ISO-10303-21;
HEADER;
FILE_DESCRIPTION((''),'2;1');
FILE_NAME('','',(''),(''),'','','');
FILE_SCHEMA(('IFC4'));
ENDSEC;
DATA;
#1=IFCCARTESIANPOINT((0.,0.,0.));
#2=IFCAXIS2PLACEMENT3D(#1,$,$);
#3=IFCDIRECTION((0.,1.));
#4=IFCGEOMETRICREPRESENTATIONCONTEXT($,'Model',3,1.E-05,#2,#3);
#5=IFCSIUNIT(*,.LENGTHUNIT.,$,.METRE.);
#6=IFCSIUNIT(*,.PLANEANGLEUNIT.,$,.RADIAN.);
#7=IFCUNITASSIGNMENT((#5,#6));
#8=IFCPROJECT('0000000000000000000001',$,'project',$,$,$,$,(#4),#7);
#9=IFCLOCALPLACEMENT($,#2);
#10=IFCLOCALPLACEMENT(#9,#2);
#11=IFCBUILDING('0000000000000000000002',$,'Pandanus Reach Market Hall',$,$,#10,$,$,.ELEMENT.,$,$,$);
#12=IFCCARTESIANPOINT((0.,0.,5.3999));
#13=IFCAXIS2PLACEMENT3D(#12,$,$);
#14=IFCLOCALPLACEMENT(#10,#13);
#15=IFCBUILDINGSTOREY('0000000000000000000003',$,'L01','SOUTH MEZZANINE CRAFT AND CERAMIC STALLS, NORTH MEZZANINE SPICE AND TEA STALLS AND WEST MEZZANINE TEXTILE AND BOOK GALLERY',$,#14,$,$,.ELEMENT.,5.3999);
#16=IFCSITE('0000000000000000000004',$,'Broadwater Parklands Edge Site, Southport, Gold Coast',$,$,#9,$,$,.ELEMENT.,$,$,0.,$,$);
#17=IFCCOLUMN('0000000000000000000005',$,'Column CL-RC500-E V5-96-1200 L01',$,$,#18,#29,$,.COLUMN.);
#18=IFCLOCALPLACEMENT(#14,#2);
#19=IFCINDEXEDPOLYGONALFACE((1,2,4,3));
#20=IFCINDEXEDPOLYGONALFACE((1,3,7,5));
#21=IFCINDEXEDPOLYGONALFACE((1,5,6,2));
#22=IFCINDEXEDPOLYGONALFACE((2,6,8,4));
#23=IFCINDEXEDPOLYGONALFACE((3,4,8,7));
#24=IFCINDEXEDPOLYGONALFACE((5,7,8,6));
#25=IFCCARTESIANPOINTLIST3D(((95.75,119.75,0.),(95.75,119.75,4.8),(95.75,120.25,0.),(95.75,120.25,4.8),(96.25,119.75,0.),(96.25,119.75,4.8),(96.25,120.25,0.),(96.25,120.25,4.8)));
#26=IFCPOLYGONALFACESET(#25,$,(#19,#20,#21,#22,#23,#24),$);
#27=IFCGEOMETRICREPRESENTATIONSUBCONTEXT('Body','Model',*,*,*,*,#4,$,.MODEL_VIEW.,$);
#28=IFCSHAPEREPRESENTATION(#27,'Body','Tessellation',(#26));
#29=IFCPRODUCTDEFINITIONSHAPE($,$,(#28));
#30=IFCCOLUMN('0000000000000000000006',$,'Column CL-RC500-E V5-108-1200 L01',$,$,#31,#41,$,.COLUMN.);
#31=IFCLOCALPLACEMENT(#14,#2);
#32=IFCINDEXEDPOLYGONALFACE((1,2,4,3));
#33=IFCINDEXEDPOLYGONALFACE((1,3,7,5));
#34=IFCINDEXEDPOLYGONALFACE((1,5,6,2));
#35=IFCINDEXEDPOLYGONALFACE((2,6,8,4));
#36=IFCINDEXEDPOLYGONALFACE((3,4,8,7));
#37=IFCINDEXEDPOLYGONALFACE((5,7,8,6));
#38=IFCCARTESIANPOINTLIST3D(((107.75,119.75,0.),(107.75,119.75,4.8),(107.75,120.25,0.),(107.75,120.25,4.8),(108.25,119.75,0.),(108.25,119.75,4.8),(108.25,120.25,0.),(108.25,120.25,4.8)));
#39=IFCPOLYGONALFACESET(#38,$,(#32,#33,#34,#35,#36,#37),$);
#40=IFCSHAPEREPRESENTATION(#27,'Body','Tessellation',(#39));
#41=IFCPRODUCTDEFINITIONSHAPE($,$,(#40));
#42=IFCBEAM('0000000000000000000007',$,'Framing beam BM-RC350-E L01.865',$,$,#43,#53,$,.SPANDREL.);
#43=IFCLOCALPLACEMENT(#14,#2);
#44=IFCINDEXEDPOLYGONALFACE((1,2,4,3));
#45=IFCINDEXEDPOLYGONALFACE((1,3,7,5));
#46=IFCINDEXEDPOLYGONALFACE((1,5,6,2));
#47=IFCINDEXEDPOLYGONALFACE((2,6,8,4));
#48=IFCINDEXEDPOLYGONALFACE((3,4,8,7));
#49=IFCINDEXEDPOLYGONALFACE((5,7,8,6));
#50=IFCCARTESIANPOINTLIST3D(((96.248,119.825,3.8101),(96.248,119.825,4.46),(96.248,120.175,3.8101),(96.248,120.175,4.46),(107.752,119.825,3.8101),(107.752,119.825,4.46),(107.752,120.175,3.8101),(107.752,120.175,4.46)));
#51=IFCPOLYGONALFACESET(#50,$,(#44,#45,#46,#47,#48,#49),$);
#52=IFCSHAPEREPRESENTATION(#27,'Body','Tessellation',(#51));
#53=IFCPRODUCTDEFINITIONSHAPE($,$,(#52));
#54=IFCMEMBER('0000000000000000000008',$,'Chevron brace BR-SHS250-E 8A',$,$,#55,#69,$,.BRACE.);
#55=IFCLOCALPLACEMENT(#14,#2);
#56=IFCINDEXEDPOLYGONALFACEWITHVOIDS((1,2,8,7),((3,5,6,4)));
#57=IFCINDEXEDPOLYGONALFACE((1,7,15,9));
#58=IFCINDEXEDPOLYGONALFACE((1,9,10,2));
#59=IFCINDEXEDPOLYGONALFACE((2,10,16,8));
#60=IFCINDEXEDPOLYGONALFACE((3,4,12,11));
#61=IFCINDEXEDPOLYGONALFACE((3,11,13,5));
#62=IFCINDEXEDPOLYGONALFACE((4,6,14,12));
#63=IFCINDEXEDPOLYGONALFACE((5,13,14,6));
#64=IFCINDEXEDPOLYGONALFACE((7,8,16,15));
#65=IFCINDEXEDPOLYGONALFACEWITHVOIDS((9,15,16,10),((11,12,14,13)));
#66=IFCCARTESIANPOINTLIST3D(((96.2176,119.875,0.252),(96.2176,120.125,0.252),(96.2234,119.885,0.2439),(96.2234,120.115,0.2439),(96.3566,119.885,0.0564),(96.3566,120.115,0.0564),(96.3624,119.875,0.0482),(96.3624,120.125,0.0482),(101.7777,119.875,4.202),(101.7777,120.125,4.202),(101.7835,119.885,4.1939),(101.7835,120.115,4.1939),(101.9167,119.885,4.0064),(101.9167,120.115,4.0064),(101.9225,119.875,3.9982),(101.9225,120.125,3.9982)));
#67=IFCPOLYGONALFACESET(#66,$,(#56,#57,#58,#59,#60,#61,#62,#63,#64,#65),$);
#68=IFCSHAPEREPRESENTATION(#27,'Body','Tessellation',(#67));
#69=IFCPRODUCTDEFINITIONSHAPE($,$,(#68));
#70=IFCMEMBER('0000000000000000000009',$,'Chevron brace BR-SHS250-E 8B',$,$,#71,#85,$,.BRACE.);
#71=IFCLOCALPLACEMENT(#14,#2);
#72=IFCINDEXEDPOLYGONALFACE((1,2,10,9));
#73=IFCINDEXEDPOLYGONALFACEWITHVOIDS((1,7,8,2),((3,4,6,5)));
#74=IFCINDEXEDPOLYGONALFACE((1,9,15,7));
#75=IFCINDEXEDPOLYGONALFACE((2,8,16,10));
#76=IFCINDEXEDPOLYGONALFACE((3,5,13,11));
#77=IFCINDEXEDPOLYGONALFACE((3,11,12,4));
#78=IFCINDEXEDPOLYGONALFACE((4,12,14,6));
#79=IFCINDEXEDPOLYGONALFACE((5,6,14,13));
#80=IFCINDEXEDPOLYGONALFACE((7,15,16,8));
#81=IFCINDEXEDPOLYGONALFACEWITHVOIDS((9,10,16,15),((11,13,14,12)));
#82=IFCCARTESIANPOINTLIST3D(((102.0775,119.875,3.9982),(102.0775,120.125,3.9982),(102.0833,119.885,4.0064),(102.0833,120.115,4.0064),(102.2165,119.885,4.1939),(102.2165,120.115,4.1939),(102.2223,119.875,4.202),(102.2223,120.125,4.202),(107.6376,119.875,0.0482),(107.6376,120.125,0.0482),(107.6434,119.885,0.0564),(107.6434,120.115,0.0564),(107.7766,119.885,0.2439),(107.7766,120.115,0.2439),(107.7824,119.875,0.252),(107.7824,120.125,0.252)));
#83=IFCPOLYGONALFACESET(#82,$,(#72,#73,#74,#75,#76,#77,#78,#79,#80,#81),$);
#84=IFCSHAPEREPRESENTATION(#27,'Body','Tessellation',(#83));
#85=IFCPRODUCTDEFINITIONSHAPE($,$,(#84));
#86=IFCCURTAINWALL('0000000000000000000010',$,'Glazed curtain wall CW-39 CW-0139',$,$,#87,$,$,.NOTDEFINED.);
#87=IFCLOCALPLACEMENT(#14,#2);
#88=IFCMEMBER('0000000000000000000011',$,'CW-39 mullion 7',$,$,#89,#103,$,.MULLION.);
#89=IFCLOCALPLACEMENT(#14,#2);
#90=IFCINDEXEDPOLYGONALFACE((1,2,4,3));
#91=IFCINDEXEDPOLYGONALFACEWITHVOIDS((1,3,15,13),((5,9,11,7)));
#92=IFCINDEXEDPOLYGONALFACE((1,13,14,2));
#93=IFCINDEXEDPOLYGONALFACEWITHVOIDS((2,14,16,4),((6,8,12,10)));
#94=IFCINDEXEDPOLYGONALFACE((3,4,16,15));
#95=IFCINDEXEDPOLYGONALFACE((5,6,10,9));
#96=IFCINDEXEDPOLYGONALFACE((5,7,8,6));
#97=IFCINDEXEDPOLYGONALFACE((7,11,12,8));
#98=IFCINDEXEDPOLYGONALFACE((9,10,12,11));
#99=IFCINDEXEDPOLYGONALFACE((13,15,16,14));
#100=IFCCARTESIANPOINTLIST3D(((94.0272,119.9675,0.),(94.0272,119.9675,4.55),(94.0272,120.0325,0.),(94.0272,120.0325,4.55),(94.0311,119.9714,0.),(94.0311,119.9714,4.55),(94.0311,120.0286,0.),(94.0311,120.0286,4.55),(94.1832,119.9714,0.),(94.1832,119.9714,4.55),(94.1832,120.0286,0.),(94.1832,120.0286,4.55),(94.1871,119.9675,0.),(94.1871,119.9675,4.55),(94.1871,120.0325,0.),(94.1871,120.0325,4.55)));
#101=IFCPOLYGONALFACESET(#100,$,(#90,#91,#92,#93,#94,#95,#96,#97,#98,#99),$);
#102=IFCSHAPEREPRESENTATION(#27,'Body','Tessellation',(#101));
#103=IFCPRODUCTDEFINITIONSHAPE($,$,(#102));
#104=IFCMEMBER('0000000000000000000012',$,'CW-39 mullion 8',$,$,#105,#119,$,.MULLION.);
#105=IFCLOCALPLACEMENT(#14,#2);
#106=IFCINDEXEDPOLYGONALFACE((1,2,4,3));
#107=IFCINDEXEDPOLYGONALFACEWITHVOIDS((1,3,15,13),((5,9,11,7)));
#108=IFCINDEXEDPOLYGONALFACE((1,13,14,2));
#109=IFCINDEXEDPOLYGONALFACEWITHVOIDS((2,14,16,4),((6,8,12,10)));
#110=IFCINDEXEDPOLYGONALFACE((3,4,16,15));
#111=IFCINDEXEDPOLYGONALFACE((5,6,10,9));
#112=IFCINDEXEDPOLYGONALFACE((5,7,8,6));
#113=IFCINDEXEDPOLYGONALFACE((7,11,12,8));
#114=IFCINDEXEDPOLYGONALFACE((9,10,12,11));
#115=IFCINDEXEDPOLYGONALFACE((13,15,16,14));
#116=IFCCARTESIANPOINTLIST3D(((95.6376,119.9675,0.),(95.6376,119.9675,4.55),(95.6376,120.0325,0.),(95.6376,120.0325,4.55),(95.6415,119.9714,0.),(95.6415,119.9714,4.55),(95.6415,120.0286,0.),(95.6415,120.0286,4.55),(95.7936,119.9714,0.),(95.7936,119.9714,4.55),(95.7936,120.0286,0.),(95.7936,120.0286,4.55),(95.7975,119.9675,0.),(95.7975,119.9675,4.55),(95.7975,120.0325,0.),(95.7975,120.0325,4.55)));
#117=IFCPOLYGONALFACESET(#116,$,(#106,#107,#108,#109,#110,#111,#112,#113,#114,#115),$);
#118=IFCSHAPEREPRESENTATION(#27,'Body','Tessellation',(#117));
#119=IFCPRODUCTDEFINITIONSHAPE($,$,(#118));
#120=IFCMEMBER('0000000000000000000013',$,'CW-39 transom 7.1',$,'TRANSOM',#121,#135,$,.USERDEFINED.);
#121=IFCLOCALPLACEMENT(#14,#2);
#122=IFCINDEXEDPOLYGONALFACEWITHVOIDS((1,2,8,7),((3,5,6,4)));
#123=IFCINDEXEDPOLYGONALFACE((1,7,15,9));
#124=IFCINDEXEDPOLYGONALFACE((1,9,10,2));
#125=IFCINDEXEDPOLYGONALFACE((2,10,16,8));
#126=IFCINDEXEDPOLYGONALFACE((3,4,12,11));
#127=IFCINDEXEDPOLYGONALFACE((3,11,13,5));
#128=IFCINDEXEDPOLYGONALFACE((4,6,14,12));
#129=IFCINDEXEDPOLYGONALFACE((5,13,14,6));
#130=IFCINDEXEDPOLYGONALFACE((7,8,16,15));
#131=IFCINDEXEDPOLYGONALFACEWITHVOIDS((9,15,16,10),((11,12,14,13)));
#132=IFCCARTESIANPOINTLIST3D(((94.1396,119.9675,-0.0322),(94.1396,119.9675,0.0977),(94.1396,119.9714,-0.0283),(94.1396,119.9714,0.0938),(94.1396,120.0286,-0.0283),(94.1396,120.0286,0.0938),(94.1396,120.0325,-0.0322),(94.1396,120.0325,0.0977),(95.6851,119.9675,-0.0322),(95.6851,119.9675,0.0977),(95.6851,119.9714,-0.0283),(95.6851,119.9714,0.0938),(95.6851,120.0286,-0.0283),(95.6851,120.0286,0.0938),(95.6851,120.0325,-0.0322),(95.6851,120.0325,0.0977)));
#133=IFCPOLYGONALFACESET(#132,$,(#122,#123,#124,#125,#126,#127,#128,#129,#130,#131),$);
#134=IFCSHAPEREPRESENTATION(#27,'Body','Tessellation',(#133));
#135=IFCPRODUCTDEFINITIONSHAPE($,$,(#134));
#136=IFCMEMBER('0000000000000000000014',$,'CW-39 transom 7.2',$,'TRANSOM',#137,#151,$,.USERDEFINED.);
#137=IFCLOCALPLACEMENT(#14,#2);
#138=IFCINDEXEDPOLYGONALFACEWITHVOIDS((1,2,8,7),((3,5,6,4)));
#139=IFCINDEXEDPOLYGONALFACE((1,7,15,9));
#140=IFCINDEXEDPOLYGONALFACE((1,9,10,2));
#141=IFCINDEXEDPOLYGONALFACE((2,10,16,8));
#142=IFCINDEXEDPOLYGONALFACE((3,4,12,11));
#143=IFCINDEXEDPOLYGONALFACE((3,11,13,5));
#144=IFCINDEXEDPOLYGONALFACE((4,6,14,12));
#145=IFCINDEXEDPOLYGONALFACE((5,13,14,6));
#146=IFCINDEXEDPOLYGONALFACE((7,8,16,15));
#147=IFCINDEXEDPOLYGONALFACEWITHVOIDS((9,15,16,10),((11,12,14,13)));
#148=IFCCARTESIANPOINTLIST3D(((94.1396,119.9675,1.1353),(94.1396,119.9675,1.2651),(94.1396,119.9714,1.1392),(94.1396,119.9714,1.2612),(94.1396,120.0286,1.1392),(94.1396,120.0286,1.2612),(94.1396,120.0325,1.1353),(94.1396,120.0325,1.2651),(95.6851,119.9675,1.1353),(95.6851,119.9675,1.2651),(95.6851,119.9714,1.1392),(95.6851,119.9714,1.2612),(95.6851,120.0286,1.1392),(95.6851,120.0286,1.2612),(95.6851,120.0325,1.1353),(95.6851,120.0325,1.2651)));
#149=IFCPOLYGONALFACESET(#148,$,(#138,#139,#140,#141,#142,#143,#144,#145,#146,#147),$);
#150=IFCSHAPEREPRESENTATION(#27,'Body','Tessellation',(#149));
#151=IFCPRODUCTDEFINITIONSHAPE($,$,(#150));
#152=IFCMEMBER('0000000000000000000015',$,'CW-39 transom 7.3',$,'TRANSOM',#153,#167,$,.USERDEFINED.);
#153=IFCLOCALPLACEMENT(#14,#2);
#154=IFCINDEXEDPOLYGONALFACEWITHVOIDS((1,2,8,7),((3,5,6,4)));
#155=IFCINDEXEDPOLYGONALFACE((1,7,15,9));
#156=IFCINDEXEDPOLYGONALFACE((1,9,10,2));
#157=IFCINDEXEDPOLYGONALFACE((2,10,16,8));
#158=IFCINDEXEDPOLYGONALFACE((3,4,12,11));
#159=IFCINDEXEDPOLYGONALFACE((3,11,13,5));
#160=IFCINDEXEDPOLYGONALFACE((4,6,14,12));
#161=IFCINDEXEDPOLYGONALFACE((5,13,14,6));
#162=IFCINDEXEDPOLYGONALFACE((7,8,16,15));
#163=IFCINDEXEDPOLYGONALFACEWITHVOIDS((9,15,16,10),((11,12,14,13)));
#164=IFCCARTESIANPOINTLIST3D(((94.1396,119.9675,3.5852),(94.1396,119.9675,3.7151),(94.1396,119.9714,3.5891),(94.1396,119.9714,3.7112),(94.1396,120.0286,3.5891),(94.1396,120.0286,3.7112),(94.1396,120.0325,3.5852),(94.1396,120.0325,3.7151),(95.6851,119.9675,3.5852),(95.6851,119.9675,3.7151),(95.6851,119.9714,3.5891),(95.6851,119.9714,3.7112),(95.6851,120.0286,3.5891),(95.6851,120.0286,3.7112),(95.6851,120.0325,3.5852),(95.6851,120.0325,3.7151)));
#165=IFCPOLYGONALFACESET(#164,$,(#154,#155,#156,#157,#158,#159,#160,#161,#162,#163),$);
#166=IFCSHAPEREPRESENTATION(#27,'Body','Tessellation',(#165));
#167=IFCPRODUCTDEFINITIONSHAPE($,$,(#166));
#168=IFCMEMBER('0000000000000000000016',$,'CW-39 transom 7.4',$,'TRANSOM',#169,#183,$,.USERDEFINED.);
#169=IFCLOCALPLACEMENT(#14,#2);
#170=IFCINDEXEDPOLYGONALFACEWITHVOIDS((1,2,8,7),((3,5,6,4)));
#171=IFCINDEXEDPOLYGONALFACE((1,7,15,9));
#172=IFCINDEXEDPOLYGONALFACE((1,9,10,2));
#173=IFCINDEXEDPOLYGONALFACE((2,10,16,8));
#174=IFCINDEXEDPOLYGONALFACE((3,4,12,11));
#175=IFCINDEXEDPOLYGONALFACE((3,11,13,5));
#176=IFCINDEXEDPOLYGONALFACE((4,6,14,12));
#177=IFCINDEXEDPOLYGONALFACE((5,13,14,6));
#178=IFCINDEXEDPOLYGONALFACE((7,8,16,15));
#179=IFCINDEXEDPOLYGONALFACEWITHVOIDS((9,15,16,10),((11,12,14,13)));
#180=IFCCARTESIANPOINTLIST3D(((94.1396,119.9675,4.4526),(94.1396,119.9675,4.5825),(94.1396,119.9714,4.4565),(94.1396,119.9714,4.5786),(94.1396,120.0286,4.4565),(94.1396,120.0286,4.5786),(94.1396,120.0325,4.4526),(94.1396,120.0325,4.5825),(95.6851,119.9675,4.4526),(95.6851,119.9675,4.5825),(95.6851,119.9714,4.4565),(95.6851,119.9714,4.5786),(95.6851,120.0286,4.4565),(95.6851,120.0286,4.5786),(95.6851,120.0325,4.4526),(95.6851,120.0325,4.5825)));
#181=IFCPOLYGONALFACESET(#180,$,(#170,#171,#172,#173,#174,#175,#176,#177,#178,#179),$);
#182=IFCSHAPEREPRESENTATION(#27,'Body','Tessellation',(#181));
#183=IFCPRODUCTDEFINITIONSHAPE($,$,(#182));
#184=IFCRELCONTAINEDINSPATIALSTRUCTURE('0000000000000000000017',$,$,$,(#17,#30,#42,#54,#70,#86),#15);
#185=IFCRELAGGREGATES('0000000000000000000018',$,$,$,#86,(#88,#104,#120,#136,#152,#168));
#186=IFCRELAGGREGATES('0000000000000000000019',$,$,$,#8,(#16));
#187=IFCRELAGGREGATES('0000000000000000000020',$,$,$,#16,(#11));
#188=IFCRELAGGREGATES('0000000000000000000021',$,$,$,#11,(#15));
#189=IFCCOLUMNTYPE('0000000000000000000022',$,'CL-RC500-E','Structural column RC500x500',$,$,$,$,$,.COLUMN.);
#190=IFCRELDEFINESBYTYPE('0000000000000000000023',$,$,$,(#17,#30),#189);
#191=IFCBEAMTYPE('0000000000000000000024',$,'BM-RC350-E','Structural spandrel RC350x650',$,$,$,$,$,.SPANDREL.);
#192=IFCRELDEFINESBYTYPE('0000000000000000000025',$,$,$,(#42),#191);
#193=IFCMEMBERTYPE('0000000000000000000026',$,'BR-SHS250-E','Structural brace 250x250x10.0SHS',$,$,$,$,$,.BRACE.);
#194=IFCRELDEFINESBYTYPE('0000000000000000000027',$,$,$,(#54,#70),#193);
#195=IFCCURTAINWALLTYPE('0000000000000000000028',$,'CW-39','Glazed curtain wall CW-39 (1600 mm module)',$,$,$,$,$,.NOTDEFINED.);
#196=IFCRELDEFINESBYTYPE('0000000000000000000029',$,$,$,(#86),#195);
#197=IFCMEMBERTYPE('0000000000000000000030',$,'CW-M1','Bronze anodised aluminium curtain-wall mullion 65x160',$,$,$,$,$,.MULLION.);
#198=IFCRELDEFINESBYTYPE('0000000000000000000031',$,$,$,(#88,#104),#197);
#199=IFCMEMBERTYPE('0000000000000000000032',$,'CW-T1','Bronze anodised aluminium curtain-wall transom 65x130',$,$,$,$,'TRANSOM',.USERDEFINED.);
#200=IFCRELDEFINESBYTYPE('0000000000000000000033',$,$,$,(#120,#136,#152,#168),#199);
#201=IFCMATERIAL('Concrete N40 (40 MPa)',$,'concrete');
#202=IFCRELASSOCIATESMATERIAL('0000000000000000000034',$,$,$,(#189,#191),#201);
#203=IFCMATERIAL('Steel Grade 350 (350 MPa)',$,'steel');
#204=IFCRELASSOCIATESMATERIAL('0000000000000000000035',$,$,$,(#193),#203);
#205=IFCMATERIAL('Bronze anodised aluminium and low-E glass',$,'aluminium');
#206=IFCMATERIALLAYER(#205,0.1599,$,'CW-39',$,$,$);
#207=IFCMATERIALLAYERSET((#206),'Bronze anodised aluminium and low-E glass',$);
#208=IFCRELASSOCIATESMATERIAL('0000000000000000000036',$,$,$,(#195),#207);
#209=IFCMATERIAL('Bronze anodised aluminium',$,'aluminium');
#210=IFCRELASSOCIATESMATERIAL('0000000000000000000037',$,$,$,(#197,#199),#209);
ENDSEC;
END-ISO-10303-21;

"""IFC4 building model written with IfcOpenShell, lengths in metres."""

from ifc_helpers import new_model, si_unit, direction, frame, origin, origin_2d, place, context, subcontext, project, spatial, rectangle, hollow_rectangle, extrude, material, layer, layer_set, material_profile, profile_set, type_object, element, aggregate, save


model = new_model("IFC4")

# Units and contexts
model_context = context("Model", 3, precision=1e-05, world=origin(), true_north=direction((0.0, 1.0)))
body_context = subcontext(model_context, "Body", "Model", "MODEL_VIEW")
ifc_project = project(units=[si_unit("LENGTHUNIT", "METRE"), si_unit("PLANEANGLEUNIT", "RADIAN")], contexts=[model_context])

# Site, building, storey
site_placement = place(None, origin())
site = spatial("IfcSite", under=ifc_project, at=site_placement, Name="Broadwater Parklands Edge Site, Southport, Gold Coast", CompositionType="ELEMENT", RefElevation=0.0)
building_placement = place(site_placement, origin())
building = spatial("IfcBuilding", under=site, at=building_placement, Name="Pandanus Reach Market Hall", CompositionType="ELEMENT")
storey_placement = place(building_placement, frame((0.0, 0.0, 5.3999)))
storey = spatial("IfcBuildingStorey", under=building, at=storey_placement, Name="L01", Description="SOUTH MEZZANINE CRAFT AND CERAMIC STALLS, NORTH MEZZANINE SPICE AND TEA STALLS AND WEST MEZZANINE TEXTILE AND BOOK GALLERY", CompositionType="ELEMENT", Elevation=5.3999)

# Columns
ifc_material_1 = material(Name="Concrete N40 (40 MPa)", Category="concrete")
ifc_material_profile_1 = material_profile(ifc_material_1, rectangle(XDim=0.5, YDim=0.5, at=origin_2d()), Name="RC500x500", Category="LoadBearing")
ifc_profile_set_1 = profile_set([ifc_material_profile_1], Name="Concrete N40 (40 MPa)")
column_type = type_object("IfcColumnType", Name="CL-RC500-E", Description="Structural column RC500x500", PredefinedType="COLUMN", material=ifc_profile_set_1)
for number, where, z_axis, x_axis, name in (
    (1, (96.0, 120.0, 0.0), (0.0, 0.0, 1.0), (1.0, 0.0, 0.0), "Column CL-RC500-E V5-96-1200 L01"),
    (2, (108.0, 120.0, 0.0), (0.0, 0.0, 1.0), (1.0, 0.0, 0.0), "Column CL-RC500-E V5-108-1200 L01"),
):
    element("IfcColumn", number, at=place(storey_placement, frame(where, z_axis=z_axis, x_axis=x_axis)), inside=storey, type_object=column_type, Name=name, PredefinedType="COLUMN", context=body_context, shape_type="SweptSolid", body=[
        extrude(rectangle(XDim=0.5, YDim=0.5, at=origin_2d()), origin(), (0.0, 0.0, 1.0), 4.8),
    ])

# Beam
ifc_material_profile_2 = material_profile(ifc_material_1, rectangle(XDim=0.3501, YDim=0.6499, at=origin_2d()), Name="RC350x650", Category="LoadBearing")
ifc_profile_set_2 = profile_set([ifc_material_profile_2], Name="Concrete N40 (40 MPa)")
beam_type = type_object("IfcBeamType", Name="BM-RC350-E", Description="Structural spandrel RC350x650", PredefinedType="SPANDREL", material=ifc_profile_set_2)
beam_placement = place(storey_placement, frame((96.248, 120.0, 4.135), z_axis=(1.0, 0.0, 0.0), x_axis=(0.0, 1.0, 0.0)))
element("IfcBeam", 3, at=beam_placement, inside=storey, type_object=beam_type, Name="Framing beam BM-RC350-E L01.865", PredefinedType="SPANDREL", context=body_context, shape_type="SweptSolid", body=[
    extrude(rectangle(XDim=0.3501, YDim=0.6499, at=origin_2d()), origin(), (0.0, 0.0, 1.0), 11.5039),
])

# Members
ifc_material_2 = material(Name="Steel Grade 350 (350 MPa)", Category="steel")
ifc_material_profile_3 = material_profile(ifc_material_2, hollow_rectangle(XDim=0.25, YDim=0.25, WallThickness=0.01, at=origin_2d()), Name="250x250x10.0SHS", Category="LoadBearing")
ifc_profile_set_3 = profile_set([ifc_material_profile_3], Name="Steel Grade 350 (350 MPa)")
member_type_1 = type_object("IfcMemberType", Name="BR-SHS250-E", Description="Structural brace 250x250x10.0SHS", PredefinedType="BRACE", material=ifc_profile_set_3)
for number, where, z_axis, x_axis, name in (
    (4, (96.29, 120.0, 0.1501), (0.815223, 0.0, 0.579147), (0.0, 1.0, 0.0), "Chevron brace BR-SHS250-E 8A"),
    (5, (107.71, 120.0, 0.1501), (-0.815223, 0.0, 0.579147), (0.0, -1.0, 0.0), "Chevron brace BR-SHS250-E 8B"),
):
    element("IfcMember", number, at=place(storey_placement, frame(where, z_axis=z_axis, x_axis=x_axis)), inside=storey, type_object=member_type_1, Name=name, PredefinedType="BRACE", context=body_context, shape_type="SweptSolid", body=[
        extrude(hollow_rectangle(XDim=0.25, YDim=0.25, WallThickness=0.01, at=origin_2d()), origin(), (0.0, 0.0, 1.0), 6.8203),
    ])

# Curtain wall, members
ifc_material_3 = material(Name="Bronze anodised aluminium and low-E glass", Category="aluminium")
ifc_layer_1 = layer(ifc_material_3, 0.1599, Name="CW-39")
ifc_layer_set_1 = layer_set([ifc_layer_1], Name="Bronze anodised aluminium and low-E glass")
curtain_wall_type = type_object("IfcCurtainWallType", Name="CW-39", Description="Glazed curtain wall CW-39 (1600 mm module)", PredefinedType="NOTDEFINED", material=ifc_layer_set_1)
curtain_wall_placement = place(storey_placement, origin())
curtain_wall = element("IfcCurtainWall", 6, at=curtain_wall_placement, inside=storey, type_object=curtain_wall_type, Name="Glazed curtain wall CW-39 CW-0139", PredefinedType="NOTDEFINED")
ifc_material_4 = material(Name="Bronze anodised aluminium", Category="aluminium")
ifc_material_profile_4 = material_profile(ifc_material_4, hollow_rectangle(XDim=0.0649, YDim=0.1599, WallThickness=0.0039, at=origin_2d()), Name="ALU65x160", Category="LoadBearing")
ifc_profile_set_4 = profile_set([ifc_material_profile_4], Name="Bronze anodised aluminium")
member_type_2 = type_object("IfcMemberType", Name="CW-M1", Description="Bronze anodised aluminium curtain-wall mullion 65x160", PredefinedType="MULLION", material=ifc_profile_set_4)
member_1_placement = place(storey_placement, frame((94.1072, 120.0, 0.0), z_axis=(0.0, 0.0, 1.0), x_axis=(0.0, 1.0, 0.0)))
member_1 = element("IfcMember", 7, at=member_1_placement, type_object=member_type_2, Name="CW-39 mullion 7", PredefinedType="MULLION", context=body_context, shape_type="SweptSolid", body=[
    extrude(hollow_rectangle(XDim=0.0649, YDim=0.1599, WallThickness=0.0039, at=origin_2d()), origin(), (0.0, 0.0, 1.0), 4.55),
])
member_2_placement = place(storey_placement, frame((95.7175, 120.0, 0.0), z_axis=(0.0, 0.0, 1.0), x_axis=(0.0, 1.0, 0.0)))
member_2 = element("IfcMember", 8, at=member_2_placement, type_object=member_type_2, Name="CW-39 mullion 8", PredefinedType="MULLION", context=body_context, shape_type="SweptSolid", body=[
    extrude(hollow_rectangle(XDim=0.0649, YDim=0.1599, WallThickness=0.0039, at=origin_2d()), origin(), (0.0, 0.0, 1.0), 4.55),
])
ifc_material_profile_5 = material_profile(ifc_material_4, hollow_rectangle(XDim=0.0649, YDim=0.1299, WallThickness=0.0039, at=origin_2d()), Name="ALU65x130", Category="LoadBearing")
ifc_profile_set_5 = profile_set([ifc_material_profile_5], Name="Bronze anodised aluminium")
member_type_3 = type_object("IfcMemberType", Name="CW-T1", Description="Bronze anodised aluminium curtain-wall transom 65x130", ElementType="TRANSOM", PredefinedType="USERDEFINED", material=ifc_profile_set_5)
member_3_placement = place(storey_placement, frame((94.1396, 120.0, 0.0327), z_axis=(1.0, 0.0, 0.0), x_axis=(0.0, 1.0, 0.0)))
member_3 = element("IfcMember", 9, at=member_3_placement, type_object=member_type_3, Name="CW-39 transom 7.1", ObjectType="TRANSOM", PredefinedType="USERDEFINED", context=body_context, shape_type="SweptSolid", body=[
    extrude(hollow_rectangle(XDim=0.0649, YDim=0.1299, WallThickness=0.0039, at=origin_2d()), origin(), (0.0, 0.0, 1.0), 1.5454),
])
member_4_placement = place(storey_placement, frame((94.1396, 120.0, 1.2002), z_axis=(1.0, 0.0, 0.0), x_axis=(0.0, 1.0, 0.0)))
member_4 = element("IfcMember", 10, at=member_4_placement, type_object=member_type_3, Name="CW-39 transom 7.2", ObjectType="TRANSOM", PredefinedType="USERDEFINED", context=body_context, shape_type="SweptSolid", body=[
    extrude(hollow_rectangle(XDim=0.0649, YDim=0.1299, WallThickness=0.0039, at=origin_2d()), origin(), (0.0, 0.0, 1.0), 1.5454),
])
member_5_placement = place(storey_placement, frame((94.1396, 120.0, 3.6501), z_axis=(1.0, 0.0, 0.0), x_axis=(0.0, 1.0, 0.0)))
member_5 = element("IfcMember", 11, at=member_5_placement, type_object=member_type_3, Name="CW-39 transom 7.3", ObjectType="TRANSOM", PredefinedType="USERDEFINED", context=body_context, shape_type="SweptSolid", body=[
    extrude(hollow_rectangle(XDim=0.0649, YDim=0.1299, WallThickness=0.0039, at=origin_2d()), origin(), (0.0, 0.0, 1.0), 1.5454),
])
member_6_placement = place(storey_placement, frame((94.1396, 120.0, 4.5176), z_axis=(1.0, 0.0, 0.0), x_axis=(0.0, 1.0, 0.0)))
member_6 = element("IfcMember", 12, at=member_6_placement, type_object=member_type_3, Name="CW-39 transom 7.4", ObjectType="TRANSOM", PredefinedType="USERDEFINED", context=body_context, shape_type="SweptSolid", body=[
    extrude(hollow_rectangle(XDim=0.0649, YDim=0.1299, WallThickness=0.0039, at=origin_2d()), origin(), (0.0, 0.0, 1.0), 1.5454),
])

aggregate(curtain_wall, [member_1, member_2, member_3, member_4, member_5, member_6])

save(model, "model.ifc")
